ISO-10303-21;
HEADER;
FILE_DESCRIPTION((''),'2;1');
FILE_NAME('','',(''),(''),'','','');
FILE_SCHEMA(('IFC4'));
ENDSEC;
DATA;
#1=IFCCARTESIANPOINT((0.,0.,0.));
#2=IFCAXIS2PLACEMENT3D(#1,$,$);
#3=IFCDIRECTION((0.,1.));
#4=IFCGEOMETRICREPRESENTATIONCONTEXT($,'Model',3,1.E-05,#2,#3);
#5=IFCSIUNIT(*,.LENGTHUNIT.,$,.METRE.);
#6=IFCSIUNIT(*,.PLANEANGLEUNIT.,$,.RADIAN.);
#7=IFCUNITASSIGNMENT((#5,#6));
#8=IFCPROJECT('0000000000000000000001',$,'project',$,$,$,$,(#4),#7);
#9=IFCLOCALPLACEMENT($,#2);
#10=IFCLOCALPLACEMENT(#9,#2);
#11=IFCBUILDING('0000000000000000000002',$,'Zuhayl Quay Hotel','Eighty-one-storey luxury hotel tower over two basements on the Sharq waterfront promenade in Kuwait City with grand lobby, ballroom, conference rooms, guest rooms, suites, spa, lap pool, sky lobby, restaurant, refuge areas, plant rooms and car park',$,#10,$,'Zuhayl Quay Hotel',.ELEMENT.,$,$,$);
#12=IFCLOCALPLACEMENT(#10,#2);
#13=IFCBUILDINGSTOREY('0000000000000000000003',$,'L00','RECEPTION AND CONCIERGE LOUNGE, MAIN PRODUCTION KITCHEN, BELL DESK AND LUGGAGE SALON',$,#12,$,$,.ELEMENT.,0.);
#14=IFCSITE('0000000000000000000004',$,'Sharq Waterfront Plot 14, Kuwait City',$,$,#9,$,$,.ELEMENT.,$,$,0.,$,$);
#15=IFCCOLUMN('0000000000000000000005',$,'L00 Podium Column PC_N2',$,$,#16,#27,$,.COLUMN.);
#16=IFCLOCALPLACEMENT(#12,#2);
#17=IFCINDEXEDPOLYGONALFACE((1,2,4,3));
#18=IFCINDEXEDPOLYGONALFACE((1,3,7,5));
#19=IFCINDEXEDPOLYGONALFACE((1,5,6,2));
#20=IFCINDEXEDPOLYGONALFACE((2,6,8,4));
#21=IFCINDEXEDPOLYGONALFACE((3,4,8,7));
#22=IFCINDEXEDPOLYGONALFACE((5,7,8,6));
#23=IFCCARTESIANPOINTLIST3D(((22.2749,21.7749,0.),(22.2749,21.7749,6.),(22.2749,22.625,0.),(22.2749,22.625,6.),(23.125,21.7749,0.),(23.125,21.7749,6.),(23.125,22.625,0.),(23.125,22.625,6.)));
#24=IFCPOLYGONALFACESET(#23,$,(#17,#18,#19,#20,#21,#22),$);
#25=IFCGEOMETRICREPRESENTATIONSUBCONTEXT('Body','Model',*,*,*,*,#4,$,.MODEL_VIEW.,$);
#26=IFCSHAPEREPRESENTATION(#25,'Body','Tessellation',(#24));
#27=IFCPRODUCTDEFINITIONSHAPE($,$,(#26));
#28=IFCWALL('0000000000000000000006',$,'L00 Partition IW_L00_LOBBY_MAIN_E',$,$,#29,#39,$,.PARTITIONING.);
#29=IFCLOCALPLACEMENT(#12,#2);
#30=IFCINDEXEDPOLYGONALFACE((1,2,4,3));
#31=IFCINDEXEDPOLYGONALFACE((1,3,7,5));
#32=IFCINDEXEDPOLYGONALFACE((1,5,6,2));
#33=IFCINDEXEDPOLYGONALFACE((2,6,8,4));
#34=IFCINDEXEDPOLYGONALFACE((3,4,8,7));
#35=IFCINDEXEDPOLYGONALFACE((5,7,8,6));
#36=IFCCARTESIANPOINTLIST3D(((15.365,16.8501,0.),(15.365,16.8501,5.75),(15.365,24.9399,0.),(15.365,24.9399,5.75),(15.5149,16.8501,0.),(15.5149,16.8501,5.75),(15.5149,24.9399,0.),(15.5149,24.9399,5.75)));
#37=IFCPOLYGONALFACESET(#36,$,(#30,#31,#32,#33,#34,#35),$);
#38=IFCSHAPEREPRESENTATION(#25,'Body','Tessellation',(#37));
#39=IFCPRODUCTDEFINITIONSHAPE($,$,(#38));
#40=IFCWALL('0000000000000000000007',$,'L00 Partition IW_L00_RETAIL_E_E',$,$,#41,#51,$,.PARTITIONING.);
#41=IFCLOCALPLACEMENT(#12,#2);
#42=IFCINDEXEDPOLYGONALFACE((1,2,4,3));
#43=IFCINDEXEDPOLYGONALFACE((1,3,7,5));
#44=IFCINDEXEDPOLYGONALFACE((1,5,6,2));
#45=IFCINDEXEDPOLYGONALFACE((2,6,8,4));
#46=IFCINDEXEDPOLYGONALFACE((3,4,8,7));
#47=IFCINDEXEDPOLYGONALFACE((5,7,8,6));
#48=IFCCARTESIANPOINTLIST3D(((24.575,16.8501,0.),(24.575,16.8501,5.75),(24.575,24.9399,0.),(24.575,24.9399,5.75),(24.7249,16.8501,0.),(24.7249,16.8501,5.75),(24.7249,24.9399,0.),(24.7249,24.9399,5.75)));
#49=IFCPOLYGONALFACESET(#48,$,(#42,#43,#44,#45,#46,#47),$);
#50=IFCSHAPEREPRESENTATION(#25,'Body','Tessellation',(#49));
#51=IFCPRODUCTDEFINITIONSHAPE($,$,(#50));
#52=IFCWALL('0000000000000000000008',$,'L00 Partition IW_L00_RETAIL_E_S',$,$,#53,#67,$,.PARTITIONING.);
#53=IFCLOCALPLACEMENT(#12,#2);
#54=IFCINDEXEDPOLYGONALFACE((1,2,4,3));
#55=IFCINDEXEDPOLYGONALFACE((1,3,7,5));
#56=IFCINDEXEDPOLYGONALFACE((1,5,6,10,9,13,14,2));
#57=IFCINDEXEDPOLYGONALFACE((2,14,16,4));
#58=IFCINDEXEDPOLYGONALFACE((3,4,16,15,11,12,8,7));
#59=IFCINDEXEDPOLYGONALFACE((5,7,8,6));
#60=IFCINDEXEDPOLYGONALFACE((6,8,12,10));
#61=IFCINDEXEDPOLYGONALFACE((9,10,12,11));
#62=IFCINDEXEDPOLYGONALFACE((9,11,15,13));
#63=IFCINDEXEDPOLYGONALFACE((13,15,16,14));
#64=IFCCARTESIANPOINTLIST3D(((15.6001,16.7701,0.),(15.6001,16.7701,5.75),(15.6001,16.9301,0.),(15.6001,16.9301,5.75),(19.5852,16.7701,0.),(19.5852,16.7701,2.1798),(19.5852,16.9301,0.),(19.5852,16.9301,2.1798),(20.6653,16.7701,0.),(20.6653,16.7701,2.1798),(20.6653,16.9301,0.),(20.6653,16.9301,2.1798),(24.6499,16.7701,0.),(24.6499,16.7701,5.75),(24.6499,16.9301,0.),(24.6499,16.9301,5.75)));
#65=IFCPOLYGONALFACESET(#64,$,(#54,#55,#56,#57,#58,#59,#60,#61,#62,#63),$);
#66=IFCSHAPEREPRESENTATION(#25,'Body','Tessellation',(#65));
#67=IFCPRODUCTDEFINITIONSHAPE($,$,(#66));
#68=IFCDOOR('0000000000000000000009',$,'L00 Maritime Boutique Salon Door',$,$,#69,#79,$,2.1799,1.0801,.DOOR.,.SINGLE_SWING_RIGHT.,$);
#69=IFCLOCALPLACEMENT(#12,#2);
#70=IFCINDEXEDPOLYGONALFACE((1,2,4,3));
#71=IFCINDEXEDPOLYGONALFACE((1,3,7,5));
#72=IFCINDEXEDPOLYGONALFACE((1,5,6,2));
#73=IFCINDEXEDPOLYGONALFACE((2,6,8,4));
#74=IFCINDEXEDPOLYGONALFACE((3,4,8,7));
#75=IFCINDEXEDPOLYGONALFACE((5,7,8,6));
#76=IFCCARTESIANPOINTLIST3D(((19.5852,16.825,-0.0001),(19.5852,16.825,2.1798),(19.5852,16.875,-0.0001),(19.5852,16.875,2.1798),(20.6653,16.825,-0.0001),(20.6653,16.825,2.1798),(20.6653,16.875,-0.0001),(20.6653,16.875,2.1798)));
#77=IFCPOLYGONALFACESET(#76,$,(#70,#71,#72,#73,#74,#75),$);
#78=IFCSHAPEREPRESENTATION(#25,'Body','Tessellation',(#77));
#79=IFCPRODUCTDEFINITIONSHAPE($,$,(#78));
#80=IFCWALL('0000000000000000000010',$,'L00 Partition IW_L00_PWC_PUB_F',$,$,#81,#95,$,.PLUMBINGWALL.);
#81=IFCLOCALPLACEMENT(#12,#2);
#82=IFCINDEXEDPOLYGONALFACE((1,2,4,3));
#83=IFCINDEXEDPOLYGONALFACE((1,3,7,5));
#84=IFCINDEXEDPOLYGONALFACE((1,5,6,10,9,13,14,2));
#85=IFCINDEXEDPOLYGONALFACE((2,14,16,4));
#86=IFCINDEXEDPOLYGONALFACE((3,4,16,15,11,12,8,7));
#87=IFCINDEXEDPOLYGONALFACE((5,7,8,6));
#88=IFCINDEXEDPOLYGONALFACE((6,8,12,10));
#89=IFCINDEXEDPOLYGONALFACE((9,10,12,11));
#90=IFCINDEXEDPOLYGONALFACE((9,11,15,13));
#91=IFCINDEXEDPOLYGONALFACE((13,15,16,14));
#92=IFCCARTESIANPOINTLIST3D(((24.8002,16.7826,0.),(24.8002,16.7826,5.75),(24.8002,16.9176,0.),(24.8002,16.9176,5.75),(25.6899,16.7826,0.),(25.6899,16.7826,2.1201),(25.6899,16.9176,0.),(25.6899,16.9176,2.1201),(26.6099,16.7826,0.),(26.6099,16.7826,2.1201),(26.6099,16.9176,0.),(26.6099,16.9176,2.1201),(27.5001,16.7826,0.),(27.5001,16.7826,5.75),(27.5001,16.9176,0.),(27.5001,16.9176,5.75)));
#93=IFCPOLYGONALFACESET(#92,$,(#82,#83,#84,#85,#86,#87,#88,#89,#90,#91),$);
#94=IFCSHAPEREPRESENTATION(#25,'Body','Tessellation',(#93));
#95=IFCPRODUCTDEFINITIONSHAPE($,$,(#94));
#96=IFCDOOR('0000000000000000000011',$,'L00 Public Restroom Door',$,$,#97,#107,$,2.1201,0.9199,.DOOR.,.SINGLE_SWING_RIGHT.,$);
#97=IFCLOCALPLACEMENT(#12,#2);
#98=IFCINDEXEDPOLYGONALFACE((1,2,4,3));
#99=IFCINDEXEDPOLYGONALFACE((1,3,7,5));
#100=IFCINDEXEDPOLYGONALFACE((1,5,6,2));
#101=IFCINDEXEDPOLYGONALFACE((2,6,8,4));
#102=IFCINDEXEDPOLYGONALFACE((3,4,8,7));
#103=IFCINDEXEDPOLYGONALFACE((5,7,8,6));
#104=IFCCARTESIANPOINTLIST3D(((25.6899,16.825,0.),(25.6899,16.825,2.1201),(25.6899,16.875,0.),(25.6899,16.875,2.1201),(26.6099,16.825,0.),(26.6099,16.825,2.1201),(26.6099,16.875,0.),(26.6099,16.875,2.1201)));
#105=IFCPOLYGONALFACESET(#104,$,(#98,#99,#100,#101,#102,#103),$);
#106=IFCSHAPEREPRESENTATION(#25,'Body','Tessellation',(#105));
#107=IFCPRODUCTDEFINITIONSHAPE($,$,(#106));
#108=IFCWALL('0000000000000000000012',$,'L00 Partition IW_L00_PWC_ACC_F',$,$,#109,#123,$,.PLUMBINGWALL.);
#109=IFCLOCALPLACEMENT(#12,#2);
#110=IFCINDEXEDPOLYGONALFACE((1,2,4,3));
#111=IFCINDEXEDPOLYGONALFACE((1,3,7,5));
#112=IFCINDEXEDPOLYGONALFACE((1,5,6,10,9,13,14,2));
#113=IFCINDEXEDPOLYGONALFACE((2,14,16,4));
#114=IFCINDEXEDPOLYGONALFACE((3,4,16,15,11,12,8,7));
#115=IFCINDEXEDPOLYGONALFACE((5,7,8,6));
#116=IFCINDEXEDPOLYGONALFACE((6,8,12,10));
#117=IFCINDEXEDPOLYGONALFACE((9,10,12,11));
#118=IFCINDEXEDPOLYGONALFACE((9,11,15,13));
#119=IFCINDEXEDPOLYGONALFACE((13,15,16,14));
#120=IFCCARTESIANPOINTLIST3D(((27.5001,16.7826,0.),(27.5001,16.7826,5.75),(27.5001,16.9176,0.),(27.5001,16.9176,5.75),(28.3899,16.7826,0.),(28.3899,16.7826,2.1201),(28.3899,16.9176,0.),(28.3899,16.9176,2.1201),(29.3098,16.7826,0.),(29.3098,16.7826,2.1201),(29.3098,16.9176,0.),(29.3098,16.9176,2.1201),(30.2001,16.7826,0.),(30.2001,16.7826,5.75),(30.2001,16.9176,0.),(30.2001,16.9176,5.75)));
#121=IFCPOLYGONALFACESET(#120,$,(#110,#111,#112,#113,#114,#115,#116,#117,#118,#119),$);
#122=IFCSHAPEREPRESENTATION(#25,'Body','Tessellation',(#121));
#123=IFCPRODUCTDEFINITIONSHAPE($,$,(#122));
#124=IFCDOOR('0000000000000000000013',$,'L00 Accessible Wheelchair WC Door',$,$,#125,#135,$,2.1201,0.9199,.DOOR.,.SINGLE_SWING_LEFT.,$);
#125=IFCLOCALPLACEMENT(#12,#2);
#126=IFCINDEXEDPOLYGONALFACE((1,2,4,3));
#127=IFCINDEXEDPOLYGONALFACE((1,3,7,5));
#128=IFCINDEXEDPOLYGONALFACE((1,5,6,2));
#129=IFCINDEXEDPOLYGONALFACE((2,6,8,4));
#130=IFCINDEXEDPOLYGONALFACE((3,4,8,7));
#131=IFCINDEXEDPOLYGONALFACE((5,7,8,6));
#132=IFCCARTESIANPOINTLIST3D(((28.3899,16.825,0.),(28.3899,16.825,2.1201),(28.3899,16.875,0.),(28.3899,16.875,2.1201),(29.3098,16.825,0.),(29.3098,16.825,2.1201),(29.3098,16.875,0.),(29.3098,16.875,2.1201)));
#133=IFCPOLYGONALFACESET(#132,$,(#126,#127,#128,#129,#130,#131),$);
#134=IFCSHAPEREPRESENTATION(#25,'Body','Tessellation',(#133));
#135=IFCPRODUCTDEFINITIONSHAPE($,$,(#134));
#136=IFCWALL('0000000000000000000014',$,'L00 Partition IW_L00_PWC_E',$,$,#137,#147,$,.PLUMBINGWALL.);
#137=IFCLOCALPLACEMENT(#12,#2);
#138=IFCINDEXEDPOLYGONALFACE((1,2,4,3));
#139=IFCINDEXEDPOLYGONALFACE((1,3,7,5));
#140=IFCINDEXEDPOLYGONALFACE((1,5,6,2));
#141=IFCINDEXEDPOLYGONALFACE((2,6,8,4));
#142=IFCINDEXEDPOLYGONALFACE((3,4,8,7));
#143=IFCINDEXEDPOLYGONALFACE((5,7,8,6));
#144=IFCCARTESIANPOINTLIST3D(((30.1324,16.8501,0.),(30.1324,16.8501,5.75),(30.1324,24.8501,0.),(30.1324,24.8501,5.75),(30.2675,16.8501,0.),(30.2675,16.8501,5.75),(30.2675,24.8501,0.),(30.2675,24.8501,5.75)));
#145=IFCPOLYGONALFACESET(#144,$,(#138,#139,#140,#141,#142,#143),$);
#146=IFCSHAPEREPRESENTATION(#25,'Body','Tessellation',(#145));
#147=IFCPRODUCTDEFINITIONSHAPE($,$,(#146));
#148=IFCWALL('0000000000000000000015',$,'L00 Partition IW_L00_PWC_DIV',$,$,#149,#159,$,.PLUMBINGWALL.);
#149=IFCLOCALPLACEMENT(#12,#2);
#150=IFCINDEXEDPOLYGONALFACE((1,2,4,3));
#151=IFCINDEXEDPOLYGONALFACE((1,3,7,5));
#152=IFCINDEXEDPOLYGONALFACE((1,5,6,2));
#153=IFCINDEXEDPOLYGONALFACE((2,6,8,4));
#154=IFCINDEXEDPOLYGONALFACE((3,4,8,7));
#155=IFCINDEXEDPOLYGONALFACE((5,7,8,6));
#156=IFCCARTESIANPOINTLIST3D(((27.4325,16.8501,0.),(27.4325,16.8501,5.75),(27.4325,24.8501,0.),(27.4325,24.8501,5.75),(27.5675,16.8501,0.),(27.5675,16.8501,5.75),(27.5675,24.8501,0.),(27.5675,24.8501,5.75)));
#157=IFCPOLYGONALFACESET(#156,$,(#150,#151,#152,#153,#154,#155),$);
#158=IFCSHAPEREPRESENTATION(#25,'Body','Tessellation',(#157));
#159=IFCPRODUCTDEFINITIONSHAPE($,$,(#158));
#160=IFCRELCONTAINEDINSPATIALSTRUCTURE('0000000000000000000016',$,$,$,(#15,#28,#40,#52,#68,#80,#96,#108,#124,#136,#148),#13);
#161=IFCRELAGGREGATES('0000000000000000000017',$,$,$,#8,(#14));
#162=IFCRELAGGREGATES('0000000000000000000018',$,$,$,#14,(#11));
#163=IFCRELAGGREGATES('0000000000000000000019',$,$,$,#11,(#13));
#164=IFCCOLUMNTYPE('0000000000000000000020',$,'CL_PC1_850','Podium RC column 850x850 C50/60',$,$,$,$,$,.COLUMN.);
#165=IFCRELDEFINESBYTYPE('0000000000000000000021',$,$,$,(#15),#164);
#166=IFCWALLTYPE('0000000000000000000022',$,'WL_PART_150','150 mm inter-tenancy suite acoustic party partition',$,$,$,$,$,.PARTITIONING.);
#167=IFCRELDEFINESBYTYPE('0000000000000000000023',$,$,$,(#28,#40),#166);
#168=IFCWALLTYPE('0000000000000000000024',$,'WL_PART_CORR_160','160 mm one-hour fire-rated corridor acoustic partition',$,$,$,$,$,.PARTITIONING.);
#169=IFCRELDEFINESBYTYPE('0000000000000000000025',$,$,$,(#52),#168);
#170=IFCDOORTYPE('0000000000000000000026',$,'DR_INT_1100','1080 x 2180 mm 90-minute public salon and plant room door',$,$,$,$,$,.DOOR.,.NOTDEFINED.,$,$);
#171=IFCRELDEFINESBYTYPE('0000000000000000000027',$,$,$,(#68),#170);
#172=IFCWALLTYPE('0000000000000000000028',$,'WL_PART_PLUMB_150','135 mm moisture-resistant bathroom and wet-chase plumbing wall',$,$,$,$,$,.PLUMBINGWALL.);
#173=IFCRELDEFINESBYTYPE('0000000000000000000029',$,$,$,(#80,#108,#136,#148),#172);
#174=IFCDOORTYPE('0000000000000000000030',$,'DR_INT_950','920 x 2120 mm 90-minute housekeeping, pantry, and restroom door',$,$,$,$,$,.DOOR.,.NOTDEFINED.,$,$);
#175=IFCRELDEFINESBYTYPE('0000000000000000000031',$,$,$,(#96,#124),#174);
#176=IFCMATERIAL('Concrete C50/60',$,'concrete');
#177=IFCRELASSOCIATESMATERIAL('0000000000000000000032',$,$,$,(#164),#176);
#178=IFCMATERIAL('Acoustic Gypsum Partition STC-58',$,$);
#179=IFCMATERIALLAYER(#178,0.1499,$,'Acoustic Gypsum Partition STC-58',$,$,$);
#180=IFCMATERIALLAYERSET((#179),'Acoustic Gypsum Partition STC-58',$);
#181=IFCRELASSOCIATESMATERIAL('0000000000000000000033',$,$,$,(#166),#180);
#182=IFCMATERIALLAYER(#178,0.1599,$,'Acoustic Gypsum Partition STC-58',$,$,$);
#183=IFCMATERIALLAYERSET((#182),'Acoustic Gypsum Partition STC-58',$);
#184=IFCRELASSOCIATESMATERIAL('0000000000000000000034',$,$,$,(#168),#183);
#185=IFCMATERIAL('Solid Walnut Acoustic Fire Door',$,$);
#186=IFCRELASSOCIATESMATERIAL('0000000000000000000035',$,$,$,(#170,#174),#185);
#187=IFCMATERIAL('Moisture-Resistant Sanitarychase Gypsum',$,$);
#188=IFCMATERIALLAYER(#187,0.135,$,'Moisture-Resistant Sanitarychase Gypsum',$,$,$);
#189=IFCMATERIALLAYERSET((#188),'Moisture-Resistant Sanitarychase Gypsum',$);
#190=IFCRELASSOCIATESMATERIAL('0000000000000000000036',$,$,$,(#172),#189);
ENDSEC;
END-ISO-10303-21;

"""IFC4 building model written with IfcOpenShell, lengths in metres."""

from ifc_helpers import new_model, si_unit, direction, frame, frame_2d, origin, origin_2d, place, context, subcontext, project, spatial, rectangle, extrude, material, layer, layer_set, material_profile, profile_set, type_object, element, fill, save


model = new_model("IFC4")

# Units and contexts
model_context = context("Model", 3, precision=1e-05, world=origin(), true_north=direction((0.0, 1.0)))
body_context = subcontext(model_context, "Body", "Model", "MODEL_VIEW")
ifc_project = project(units=[si_unit("LENGTHUNIT", "METRE"), si_unit("PLANEANGLEUNIT", "RADIAN")], contexts=[model_context])

# Site, building, storey
site_placement = place(None, origin())
site = spatial("IfcSite", under=ifc_project, at=site_placement, Name="Sharq Waterfront Plot 14, Kuwait City", CompositionType="ELEMENT", RefElevation=0.0)
building_placement = place(site_placement, origin())
building = spatial("IfcBuilding", under=site, at=building_placement, Name="Zuhayl Quay Hotel", Description="Eighty-one-storey luxury hotel tower over two basements on the Sharq waterfront promenade in Kuwait City with grand lobby, ballroom, conference rooms, guest rooms, suites, spa, lap pool, sky lobby, restaurant, refuge areas, plant rooms and car park", LongName="Zuhayl Quay Hotel", CompositionType="ELEMENT")
storey_placement = place(building_placement, origin())
storey = spatial("IfcBuildingStorey", under=building, at=storey_placement, Name="L00", Description="RECEPTION AND CONCIERGE LOUNGE, MAIN PRODUCTION KITCHEN, BELL DESK AND LUGGAGE SALON", CompositionType="ELEMENT", Elevation=0.0)

# Column
ifc_material_1 = material(Name="Concrete C50/60", Category="concrete")
ifc_material_profile = material_profile(ifc_material_1, rectangle(XDim=0.8501, YDim=0.8501, at=origin_2d()), Name="RC850X850")
ifc_profile_set = profile_set([ifc_material_profile], Name="Concrete C50/60")
column_type = type_object("IfcColumnType", Name="CL_PC1_850", Description="Podium RC column 850x850 C50/60", PredefinedType="COLUMN", material=ifc_profile_set)
column_placement = place(storey_placement, frame((22.7, 22.2, 0.0), z_axis=(0.0, 0.0, 1.0), x_axis=(1.0, 0.0, 0.0)))
element("IfcColumn", 1, at=column_placement, inside=storey, type_object=column_type, Name="L00 Podium Column PC_N2", PredefinedType="COLUMN", context=body_context, shape_type="SweptSolid", body=[
    extrude(rectangle(XDim=0.8501, YDim=0.8501, at=origin_2d()), origin(), (0.0, 0.0, 1.0), 6.0),
])

# Walls
ifc_material_2 = material(Name="Acoustic Gypsum Partition STC-58")
ifc_layer_1 = layer(ifc_material_2, 0.1499, Name="Acoustic Gypsum Partition STC-58")
ifc_layer_set_1 = layer_set([ifc_layer_1], Name="Acoustic Gypsum Partition STC-58")
wall_type_1 = type_object("IfcWallType", Name="WL_PART_150", Description="150 mm inter-tenancy suite acoustic party partition", PredefinedType="PARTITIONING", material=ifc_layer_set_1)
for number, where, z_axis, x_axis, name in (
    (2, (15.4399, 16.8501, 0.0), (0.0, 0.0, 1.0), (0.0, 1.0, 0.0), "L00 Partition IW_L00_LOBBY_MAIN_E"),
    (3, (24.6499, 16.8501, 0.0), (0.0, 0.0, 1.0), (0.0, 1.0, 0.0), "L00 Partition IW_L00_RETAIL_E_E"),
):
    element("IfcWall", number, at=place(storey_placement, frame(where, z_axis=z_axis, x_axis=x_axis)), inside=storey, type_object=wall_type_1, Name=name, PredefinedType="PARTITIONING", context=body_context, shape_type="SweptSolid", body=[
        extrude(rectangle(XDim=8.0898, YDim=0.1499, at=frame_2d((4.0449, 0.0))), origin(), (0.0, 0.0, 1.0), 5.75),
    ])

# Walls, openings, doors
ifc_layer_2 = layer(ifc_material_2, 0.1599, Name="Acoustic Gypsum Partition STC-58")
ifc_layer_set_2 = layer_set([ifc_layer_2], Name="Acoustic Gypsum Partition STC-58")
wall_type_2 = type_object("IfcWallType", Name="WL_PART_CORR_160", Description="160 mm one-hour fire-rated corridor acoustic partition", PredefinedType="PARTITIONING", material=ifc_layer_set_2)
wall_1_placement = place(storey_placement, frame((15.6001, 16.8501, 0.0), z_axis=(0.0, 0.0, 1.0), x_axis=(1.0, 0.0, 0.0)))
wall_1 = element("IfcWall", 4, at=wall_1_placement, inside=storey, type_object=wall_type_2, Name="L00 Partition IW_L00_RETAIL_E_S", PredefinedType="PARTITIONING", context=body_context, shape_type="SweptSolid", body=[
    extrude(rectangle(XDim=9.0498, YDim=0.1599, at=frame_2d((4.5249, 0.0))), origin(), (0.0, 0.0, 1.0), 5.75),
])
opening_1_placement = place(wall_1_placement, frame((3.9851, 0.0, 0.0)))
opening_1 = element("IfcOpeningElement", 5, at=opening_1_placement, cuts=wall_1, PredefinedType="OPENING", context=body_context, shape_type="SweptSolid", body=[
    extrude(rectangle(XDim=1.0801, YDim=2.1799, at=frame_2d((0.54, 1.0898))), frame((0.0, 0.0898, 0.0), z_axis=(0.0, -1.0, 0.0), x_axis=(1.0, 0.0, 0.0)), (0.0, 0.0, 1.0), 0.1799),
])
ifc_material_3 = material(Name="Solid Walnut Acoustic Fire Door")
door_type_1 = type_object("IfcDoorType", Name="DR_INT_1100", Description="1080 x 2180 mm 90-minute public salon and plant room door", OperationType="NOTDEFINED", PredefinedType="DOOR", material=ifc_material_3)
door_1_placement = place(opening_1_placement, origin())
door_1 = element("IfcDoor", 6, at=door_1_placement, inside=storey, type_object=door_type_1, Name="L00 Maritime Boutique Salon Door", OperationType="SINGLE_SWING_RIGHT", OverallHeight=2.1799, OverallWidth=1.0801, PredefinedType="DOOR", context=body_context, shape_type="SweptSolid", body=[
    extrude(rectangle(XDim=1.0801, YDim=2.1799, at=frame_2d((0.54, 1.0898))), frame((0.0, 0.0249, 0.0), z_axis=(0.0, -1.0, 0.0), x_axis=(1.0, 0.0, 0.0)), (0.0, 0.0, 1.0), 0.05),
])
fill(opening_1, door_1)
ifc_material_4 = material(Name="Moisture-Resistant Sanitarychase Gypsum")
ifc_layer_3 = layer(ifc_material_4, 0.135, Name="Moisture-Resistant Sanitarychase Gypsum")
ifc_layer_set_3 = layer_set([ifc_layer_3], Name="Moisture-Resistant Sanitarychase Gypsum")
wall_type_3 = type_object("IfcWallType", Name="WL_PART_PLUMB_150", Description="135 mm moisture-resistant bathroom and wet-chase plumbing wall", PredefinedType="PLUMBINGWALL", material=ifc_layer_set_3)
wall_2_placement = place(storey_placement, frame((24.8, 16.8501, 0.0), z_axis=(0.0, 0.0, 1.0), x_axis=(1.0, 0.0, 0.0)))
wall_2 = element("IfcWall", 7, at=wall_2_placement, inside=storey, type_object=wall_type_3, Name="L00 Partition IW_L00_PWC_PUB_F", PredefinedType="PLUMBINGWALL", context=body_context, shape_type="SweptSolid", body=[
    extrude(rectangle(XDim=2.7, YDim=0.135, at=frame_2d((1.3501, 0.0))), origin(), (0.0, 0.0, 1.0), 5.75),
])
opening_2_placement = place(wall_2_placement, frame((0.8899, 0.0, 0.0)))
opening_2 = element("IfcOpeningElement", 8, at=opening_2_placement, cuts=wall_2, PredefinedType="OPENING", context=body_context, shape_type="SweptSolid", body=[
    extrude(rectangle(XDim=0.9199, YDim=2.1201, at=frame_2d((0.46, 1.0601))), frame((0.0, 0.0774, 0.0), z_axis=(0.0, -1.0, 0.0), x_axis=(1.0, 0.0, 0.0)), (0.0, 0.0, 1.0), 0.155),
])
door_type_2 = type_object("IfcDoorType", Name="DR_INT_950", Description="920 x 2120 mm 90-minute housekeeping, pantry, and restroom door", OperationType="NOTDEFINED", PredefinedType="DOOR", material=ifc_material_3)
door_2_placement = place(opening_2_placement, origin())
door_2 = element("IfcDoor", 9, at=door_2_placement, inside=storey, type_object=door_type_2, Name="L00 Public Restroom Door", OperationType="SINGLE_SWING_RIGHT", OverallHeight=2.1201, OverallWidth=0.9199, PredefinedType="DOOR", context=body_context, shape_type="SweptSolid", body=[
    extrude(rectangle(XDim=0.9199, YDim=2.1201, at=frame_2d((0.46, 1.0601))), frame((0.0, 0.0249, 0.0), z_axis=(0.0, -1.0, 0.0), x_axis=(1.0, 0.0, 0.0)), (0.0, 0.0, 1.0), 0.05),
])
fill(opening_2, door_2)
wall_3_placement = place(storey_placement, frame((27.5, 16.8501, 0.0), z_axis=(0.0, 0.0, 1.0), x_axis=(1.0, 0.0, 0.0)))
wall_3 = element("IfcWall", 10, at=wall_3_placement, inside=storey, type_object=wall_type_3, Name="L00 Partition IW_L00_PWC_ACC_F", PredefinedType="PLUMBINGWALL", context=body_context, shape_type="SweptSolid", body=[
    extrude(rectangle(XDim=2.7, YDim=0.135, at=frame_2d((1.3501, 0.0))), origin(), (0.0, 0.0, 1.0), 5.75),
])
opening_3_placement = place(wall_3_placement, frame((0.8899, 0.0, 0.0)))
opening_3 = element("IfcOpeningElement", 11, at=opening_3_placement, cuts=wall_3, PredefinedType="OPENING", context=body_context, shape_type="SweptSolid", body=[
    extrude(rectangle(XDim=0.9199, YDim=2.1201, at=frame_2d((0.46, 1.0601))), frame((0.0, 0.0774, 0.0), z_axis=(0.0, -1.0, 0.0), x_axis=(1.0, 0.0, 0.0)), (0.0, 0.0, 1.0), 0.155),
])
door_3_placement = place(opening_3_placement, origin())
door_3 = element("IfcDoor", 12, at=door_3_placement, inside=storey, type_object=door_type_2, Name="L00 Accessible Wheelchair WC Door", OperationType="SINGLE_SWING_LEFT", OverallHeight=2.1201, OverallWidth=0.9199, PredefinedType="DOOR", context=body_context, shape_type="SweptSolid", body=[
    extrude(rectangle(XDim=0.9199, YDim=2.1201, at=frame_2d((0.46, 1.0601))), frame((0.0, 0.0249, 0.0), z_axis=(0.0, -1.0, 0.0), x_axis=(1.0, 0.0, 0.0)), (0.0, 0.0, 1.0), 0.05),
])
fill(opening_3, door_3)

# Walls
for number, where, z_axis, x_axis, name in (
    (13, (30.2, 16.8501, 0.0), (0.0, 0.0, 1.0), (0.0, 1.0, 0.0), "L00 Partition IW_L00_PWC_E"),
    (14, (27.5, 16.8501, 0.0), (0.0, 0.0, 1.0), (0.0, 1.0, 0.0), "L00 Partition IW_L00_PWC_DIV"),
):
    element("IfcWall", number, at=place(storey_placement, frame(where, z_axis=z_axis, x_axis=x_axis)), inside=storey, type_object=wall_type_3, Name=name, PredefinedType="PLUMBINGWALL", context=body_context, shape_type="SweptSolid", body=[
        extrude(rectangle(XDim=8.0, YDim=0.135, at=frame_2d((4.0, 0.0))), origin(), (0.0, 0.0, 1.0), 5.75),
    ])

save(model, "model.ifc")
